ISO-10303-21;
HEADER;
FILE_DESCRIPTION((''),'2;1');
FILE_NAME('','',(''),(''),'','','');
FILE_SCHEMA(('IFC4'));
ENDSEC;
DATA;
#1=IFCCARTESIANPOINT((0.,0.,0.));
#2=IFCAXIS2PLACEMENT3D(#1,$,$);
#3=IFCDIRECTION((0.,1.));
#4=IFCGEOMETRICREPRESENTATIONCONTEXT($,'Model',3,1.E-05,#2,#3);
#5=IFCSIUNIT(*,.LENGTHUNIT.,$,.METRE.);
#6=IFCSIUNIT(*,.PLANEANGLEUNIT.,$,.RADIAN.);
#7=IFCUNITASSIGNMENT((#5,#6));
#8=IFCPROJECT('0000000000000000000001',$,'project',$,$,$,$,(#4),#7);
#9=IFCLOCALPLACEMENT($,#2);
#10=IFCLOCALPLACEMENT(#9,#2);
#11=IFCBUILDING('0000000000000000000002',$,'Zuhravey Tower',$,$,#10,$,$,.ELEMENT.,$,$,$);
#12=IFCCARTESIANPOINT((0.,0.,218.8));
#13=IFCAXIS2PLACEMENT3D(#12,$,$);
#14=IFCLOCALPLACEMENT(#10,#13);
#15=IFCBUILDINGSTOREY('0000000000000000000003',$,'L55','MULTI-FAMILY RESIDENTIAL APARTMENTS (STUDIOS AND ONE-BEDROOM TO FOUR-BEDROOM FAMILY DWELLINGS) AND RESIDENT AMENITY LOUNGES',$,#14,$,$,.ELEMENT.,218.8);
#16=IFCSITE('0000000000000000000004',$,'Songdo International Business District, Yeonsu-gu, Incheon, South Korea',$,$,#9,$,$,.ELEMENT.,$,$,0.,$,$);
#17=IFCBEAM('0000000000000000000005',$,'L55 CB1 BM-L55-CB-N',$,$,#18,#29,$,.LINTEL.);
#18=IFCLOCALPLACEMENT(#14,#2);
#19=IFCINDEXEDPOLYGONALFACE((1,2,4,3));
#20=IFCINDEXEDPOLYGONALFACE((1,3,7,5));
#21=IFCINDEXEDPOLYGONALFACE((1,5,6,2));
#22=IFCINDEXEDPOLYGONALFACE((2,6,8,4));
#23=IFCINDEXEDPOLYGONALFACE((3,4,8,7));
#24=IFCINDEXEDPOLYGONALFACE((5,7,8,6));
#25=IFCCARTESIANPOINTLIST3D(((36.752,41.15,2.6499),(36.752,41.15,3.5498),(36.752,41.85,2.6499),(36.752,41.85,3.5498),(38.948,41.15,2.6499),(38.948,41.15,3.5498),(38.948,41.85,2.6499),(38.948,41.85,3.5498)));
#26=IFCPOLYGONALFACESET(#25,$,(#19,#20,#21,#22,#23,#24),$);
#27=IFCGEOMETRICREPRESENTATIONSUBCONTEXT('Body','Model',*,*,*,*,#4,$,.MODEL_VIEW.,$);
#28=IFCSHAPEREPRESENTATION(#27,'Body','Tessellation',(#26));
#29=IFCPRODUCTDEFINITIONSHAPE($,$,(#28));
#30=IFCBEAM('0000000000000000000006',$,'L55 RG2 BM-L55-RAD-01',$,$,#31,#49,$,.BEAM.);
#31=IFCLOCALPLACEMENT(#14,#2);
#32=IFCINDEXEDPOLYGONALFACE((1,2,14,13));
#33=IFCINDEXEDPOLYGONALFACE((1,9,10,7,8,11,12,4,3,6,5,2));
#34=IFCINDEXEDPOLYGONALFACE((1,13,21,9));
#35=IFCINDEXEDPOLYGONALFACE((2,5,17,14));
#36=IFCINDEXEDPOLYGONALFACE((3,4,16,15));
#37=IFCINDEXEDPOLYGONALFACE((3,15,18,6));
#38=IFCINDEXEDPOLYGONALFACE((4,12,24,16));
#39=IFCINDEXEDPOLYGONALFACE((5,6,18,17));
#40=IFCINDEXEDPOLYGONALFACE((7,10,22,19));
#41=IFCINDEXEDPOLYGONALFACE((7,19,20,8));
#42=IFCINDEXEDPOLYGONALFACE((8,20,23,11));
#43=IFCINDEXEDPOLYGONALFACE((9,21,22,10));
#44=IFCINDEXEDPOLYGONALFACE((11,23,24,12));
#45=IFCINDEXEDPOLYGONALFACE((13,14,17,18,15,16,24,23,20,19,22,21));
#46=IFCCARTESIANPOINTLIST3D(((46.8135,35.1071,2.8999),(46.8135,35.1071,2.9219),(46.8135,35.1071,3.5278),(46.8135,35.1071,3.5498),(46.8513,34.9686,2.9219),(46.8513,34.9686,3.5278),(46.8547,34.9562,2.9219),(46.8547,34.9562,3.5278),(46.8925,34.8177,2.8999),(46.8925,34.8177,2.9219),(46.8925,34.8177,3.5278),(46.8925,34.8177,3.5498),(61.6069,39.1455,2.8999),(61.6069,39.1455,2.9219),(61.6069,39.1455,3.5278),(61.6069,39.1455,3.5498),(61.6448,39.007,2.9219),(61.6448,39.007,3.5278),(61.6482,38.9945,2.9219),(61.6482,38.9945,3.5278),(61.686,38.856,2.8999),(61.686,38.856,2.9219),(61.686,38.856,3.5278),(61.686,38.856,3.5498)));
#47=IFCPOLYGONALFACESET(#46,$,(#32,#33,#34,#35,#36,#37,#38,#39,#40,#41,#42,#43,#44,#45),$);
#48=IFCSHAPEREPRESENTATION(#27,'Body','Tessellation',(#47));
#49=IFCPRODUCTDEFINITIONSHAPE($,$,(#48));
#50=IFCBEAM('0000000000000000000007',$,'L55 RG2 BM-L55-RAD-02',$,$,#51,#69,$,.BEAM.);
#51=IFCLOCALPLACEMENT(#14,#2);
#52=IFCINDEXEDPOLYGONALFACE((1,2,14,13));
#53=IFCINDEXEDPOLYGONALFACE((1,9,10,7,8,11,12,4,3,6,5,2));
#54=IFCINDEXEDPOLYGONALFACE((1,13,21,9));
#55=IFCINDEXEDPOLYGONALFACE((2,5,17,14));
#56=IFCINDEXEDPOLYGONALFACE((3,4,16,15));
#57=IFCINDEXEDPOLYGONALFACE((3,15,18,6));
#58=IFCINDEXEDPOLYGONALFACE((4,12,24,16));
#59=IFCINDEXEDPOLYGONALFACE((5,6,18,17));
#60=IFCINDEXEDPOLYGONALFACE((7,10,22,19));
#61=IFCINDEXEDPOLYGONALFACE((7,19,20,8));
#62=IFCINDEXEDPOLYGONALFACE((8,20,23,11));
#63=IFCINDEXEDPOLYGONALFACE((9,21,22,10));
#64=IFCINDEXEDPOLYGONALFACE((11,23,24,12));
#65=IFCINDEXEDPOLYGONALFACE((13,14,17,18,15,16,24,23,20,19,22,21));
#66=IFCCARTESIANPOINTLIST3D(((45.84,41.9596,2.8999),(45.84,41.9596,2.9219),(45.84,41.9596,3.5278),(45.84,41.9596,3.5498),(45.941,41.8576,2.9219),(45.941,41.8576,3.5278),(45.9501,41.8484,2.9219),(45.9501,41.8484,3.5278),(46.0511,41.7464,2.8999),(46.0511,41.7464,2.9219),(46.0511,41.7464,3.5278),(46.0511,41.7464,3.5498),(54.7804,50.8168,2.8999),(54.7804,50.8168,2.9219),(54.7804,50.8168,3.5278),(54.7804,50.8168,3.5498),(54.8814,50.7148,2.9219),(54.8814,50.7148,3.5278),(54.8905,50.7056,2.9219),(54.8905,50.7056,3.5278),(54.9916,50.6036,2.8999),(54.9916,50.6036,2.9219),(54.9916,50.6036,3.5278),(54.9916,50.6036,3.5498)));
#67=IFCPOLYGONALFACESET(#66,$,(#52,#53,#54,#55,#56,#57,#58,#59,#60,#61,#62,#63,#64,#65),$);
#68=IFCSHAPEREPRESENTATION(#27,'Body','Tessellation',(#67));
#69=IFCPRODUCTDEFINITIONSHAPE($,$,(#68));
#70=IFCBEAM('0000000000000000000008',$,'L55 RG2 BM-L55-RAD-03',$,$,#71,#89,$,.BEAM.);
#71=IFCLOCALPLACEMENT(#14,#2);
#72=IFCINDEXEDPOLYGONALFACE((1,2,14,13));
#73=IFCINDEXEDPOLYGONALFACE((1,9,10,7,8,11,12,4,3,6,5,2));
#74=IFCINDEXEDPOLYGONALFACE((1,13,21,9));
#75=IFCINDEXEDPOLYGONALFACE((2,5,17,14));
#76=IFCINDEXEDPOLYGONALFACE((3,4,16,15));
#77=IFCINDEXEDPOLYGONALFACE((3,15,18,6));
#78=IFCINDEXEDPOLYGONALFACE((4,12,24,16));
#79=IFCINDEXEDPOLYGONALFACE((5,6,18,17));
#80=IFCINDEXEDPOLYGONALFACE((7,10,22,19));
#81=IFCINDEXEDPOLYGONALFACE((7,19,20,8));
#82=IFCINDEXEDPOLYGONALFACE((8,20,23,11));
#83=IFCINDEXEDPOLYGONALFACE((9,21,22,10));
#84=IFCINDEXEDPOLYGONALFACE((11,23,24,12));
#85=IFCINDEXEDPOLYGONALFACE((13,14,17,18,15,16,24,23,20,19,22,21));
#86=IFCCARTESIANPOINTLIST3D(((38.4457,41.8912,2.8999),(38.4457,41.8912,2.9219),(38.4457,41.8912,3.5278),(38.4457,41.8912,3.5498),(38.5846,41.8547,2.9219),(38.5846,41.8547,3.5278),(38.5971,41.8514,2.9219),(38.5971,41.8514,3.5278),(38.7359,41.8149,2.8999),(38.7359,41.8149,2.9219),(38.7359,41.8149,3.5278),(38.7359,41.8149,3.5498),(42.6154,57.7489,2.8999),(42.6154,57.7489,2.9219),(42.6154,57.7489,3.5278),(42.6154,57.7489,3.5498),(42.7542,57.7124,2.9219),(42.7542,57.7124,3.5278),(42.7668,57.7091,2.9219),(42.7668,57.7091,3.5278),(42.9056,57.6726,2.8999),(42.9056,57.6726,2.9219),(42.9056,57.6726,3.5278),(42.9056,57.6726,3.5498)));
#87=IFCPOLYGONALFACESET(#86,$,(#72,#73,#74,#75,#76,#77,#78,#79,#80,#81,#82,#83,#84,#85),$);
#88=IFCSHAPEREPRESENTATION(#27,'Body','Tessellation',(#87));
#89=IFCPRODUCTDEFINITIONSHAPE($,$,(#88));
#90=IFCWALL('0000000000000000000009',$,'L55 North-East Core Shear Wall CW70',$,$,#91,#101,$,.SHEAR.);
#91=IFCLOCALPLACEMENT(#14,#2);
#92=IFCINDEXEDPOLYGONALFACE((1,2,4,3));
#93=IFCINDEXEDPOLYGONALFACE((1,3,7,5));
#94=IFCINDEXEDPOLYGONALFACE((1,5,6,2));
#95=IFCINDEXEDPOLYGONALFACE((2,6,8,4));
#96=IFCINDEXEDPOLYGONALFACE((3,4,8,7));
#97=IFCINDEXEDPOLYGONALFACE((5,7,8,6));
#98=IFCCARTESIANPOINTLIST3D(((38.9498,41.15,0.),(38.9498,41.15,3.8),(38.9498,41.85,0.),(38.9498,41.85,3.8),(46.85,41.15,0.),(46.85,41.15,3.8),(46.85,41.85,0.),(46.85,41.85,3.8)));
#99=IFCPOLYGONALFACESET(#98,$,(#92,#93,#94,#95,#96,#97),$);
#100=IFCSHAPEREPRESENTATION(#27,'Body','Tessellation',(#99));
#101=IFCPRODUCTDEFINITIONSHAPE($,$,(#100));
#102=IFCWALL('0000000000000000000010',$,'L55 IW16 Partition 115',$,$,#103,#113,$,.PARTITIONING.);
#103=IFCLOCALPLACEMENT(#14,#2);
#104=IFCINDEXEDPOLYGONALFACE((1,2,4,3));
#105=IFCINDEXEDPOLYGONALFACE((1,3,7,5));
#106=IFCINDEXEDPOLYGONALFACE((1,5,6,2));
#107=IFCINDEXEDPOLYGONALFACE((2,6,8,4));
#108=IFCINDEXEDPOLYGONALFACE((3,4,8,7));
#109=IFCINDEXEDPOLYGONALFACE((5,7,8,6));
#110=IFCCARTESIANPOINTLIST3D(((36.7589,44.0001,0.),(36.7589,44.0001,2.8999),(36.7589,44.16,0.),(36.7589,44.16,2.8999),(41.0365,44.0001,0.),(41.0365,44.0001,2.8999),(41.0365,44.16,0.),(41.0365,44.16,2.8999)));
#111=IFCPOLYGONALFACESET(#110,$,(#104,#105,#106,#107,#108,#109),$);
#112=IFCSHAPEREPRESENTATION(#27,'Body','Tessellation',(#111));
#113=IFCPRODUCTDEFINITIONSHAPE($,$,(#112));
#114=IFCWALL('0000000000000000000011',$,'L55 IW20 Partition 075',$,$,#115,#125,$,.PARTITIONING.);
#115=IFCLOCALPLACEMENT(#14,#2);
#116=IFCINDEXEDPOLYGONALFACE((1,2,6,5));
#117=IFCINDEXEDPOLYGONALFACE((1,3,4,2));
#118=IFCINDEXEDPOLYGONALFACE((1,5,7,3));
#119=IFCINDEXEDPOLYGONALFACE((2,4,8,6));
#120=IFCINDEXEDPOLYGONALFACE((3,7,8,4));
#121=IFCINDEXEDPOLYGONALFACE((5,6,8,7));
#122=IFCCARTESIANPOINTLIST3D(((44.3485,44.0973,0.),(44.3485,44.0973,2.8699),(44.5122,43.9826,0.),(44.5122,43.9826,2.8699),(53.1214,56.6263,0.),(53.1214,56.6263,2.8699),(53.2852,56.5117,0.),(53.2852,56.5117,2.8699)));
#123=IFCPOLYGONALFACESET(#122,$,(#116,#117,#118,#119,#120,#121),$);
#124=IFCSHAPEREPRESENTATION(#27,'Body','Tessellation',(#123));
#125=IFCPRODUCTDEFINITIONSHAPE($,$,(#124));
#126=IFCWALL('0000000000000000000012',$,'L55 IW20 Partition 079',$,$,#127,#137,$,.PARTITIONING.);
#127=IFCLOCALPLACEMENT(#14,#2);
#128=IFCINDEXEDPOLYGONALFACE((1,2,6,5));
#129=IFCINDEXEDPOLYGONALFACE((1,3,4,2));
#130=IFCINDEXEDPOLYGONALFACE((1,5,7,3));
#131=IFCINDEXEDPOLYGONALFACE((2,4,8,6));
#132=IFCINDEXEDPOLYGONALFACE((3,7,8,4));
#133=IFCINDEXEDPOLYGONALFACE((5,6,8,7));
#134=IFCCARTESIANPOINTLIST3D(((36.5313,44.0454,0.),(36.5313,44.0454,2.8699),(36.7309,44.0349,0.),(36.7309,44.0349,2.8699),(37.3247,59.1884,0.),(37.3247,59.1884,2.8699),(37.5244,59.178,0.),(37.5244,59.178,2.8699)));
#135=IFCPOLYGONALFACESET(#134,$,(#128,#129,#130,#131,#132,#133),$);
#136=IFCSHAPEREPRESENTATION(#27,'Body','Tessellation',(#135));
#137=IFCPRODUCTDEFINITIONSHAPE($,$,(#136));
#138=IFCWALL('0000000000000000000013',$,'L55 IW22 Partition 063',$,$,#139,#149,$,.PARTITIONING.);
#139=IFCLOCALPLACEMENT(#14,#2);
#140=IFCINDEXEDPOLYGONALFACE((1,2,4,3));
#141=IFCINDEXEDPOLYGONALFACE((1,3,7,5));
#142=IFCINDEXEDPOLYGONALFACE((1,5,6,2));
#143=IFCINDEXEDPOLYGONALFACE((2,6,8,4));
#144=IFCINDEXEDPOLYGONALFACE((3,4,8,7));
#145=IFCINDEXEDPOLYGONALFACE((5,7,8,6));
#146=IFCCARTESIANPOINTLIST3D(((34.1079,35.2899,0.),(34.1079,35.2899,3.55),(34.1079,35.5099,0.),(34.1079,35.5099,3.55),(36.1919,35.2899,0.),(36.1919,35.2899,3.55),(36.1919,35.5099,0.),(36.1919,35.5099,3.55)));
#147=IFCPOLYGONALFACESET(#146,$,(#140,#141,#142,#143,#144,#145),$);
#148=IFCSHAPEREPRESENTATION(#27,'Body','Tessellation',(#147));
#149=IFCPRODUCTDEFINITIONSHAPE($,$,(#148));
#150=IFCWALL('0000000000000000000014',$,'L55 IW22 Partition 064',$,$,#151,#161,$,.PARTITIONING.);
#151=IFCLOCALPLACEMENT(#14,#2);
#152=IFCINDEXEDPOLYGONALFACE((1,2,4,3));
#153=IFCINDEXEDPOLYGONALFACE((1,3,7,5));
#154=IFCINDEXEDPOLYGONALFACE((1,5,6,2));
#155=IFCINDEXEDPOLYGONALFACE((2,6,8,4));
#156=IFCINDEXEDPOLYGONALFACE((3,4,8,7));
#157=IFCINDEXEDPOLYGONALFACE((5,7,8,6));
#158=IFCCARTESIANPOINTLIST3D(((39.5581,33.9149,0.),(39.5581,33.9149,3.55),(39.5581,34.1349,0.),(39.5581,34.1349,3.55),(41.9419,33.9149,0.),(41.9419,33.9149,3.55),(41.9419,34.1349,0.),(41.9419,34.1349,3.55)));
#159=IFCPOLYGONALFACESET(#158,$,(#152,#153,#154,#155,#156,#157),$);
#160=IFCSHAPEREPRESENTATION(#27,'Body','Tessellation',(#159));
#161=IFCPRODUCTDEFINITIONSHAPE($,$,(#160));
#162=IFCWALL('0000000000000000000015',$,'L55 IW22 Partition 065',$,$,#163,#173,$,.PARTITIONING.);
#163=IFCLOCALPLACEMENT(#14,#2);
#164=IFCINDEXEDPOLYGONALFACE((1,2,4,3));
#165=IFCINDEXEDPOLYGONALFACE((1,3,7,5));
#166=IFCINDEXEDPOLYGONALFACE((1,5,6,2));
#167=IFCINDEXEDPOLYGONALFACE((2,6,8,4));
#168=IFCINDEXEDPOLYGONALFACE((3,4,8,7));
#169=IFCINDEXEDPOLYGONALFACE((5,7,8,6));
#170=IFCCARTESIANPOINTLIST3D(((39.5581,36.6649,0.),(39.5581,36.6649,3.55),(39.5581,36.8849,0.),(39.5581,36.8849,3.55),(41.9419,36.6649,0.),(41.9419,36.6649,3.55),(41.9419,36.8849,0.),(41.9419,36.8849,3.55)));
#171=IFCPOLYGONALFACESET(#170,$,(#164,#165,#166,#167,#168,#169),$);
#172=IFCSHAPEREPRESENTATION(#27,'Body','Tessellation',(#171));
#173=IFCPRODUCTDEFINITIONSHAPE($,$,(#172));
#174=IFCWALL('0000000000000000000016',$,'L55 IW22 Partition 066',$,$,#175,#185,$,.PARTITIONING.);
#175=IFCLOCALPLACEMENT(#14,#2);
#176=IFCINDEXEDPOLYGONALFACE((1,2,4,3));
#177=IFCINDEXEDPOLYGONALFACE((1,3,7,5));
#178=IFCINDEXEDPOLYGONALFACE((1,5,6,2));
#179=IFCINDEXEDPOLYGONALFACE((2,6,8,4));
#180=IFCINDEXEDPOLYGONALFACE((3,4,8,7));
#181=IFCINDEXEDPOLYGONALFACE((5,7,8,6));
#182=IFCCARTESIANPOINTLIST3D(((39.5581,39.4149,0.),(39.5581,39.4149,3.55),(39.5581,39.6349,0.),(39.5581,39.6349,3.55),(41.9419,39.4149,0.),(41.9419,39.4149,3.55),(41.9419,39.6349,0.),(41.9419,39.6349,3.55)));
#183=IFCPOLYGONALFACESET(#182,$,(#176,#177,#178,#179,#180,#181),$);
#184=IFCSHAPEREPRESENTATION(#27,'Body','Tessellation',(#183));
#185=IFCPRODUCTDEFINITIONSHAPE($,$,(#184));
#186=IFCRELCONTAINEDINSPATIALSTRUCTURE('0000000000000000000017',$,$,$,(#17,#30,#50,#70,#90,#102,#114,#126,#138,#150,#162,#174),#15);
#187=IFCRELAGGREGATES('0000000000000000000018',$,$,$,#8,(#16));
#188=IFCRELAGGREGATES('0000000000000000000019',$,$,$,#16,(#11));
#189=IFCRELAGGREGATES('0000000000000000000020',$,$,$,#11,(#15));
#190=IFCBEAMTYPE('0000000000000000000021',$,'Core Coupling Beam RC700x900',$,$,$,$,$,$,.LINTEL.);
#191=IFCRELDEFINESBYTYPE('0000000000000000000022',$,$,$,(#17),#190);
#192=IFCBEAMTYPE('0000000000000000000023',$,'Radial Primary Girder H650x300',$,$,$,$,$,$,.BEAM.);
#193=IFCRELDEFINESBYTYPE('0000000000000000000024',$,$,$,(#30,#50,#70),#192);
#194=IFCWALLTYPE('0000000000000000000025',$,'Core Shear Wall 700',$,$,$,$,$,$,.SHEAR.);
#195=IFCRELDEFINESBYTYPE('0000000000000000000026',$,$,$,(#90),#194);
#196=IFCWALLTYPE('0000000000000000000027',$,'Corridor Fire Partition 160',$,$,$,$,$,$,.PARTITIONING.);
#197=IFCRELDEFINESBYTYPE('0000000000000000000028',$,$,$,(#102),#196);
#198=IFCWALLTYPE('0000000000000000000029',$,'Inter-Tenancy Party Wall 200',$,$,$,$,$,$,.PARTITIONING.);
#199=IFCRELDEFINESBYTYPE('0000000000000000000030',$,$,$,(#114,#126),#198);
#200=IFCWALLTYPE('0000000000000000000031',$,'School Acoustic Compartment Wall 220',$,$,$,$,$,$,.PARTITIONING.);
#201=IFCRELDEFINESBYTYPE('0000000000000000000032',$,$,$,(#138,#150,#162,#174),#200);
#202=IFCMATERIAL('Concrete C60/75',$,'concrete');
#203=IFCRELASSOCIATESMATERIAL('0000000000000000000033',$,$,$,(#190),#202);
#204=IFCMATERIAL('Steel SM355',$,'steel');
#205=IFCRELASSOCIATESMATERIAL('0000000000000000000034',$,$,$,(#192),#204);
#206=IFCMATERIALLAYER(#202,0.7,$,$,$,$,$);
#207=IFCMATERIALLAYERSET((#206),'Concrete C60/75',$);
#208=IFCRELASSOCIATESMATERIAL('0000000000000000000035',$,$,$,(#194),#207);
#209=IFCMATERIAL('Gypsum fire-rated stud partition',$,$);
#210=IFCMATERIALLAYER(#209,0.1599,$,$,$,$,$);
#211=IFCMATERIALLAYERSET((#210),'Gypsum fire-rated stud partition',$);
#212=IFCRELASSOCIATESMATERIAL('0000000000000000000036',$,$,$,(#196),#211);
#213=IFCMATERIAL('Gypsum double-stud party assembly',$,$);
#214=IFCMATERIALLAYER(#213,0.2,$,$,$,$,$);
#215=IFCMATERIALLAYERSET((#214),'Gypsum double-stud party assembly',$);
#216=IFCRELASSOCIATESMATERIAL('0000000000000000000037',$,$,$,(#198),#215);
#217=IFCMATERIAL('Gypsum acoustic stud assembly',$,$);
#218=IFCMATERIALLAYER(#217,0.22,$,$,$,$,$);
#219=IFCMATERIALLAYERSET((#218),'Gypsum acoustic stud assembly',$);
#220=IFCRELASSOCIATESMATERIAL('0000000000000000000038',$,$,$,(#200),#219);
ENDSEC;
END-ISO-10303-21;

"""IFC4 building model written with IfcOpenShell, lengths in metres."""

from ifc_helpers import new_model, si_unit, direction, frame, frame_2d, origin, origin_2d, place, context, subcontext, project, spatial, rectangle, i_section, extrude, material, layer, layer_set, material_profile, profile_set, type_object, element, save


model = new_model("IFC4")

# Units and contexts
model_context = context("Model", 3, precision=1e-05, world=origin(), true_north=direction((0.0, 1.0)))
body_context = subcontext(model_context, "Body", "Model", "MODEL_VIEW")
ifc_project = project(units=[si_unit("LENGTHUNIT", "METRE"), si_unit("PLANEANGLEUNIT", "RADIAN")], contexts=[model_context])

# Site, building, storey
site_placement = place(None, origin())
site = spatial("IfcSite", under=ifc_project, at=site_placement, Name="Songdo International Business District, Yeonsu-gu, Incheon, South Korea", CompositionType="ELEMENT", RefElevation=0.0)
building_placement = place(site_placement, origin())
building = spatial("IfcBuilding", under=site, at=building_placement, Name="Zuhravey Tower", CompositionType="ELEMENT")
storey_placement = place(building_placement, frame((0.0, 0.0, 218.8)))
storey = spatial("IfcBuildingStorey", under=building, at=storey_placement, Name="L55", Description="MULTI-FAMILY RESIDENTIAL APARTMENTS (STUDIOS AND ONE-BEDROOM TO FOUR-BEDROOM FAMILY DWELLINGS) AND RESIDENT AMENITY LOUNGES", CompositionType="ELEMENT", Elevation=218.8)

# Beams
ifc_material_1 = material(Name="Concrete C60/75", Category="concrete")
ifc_material_profile_1 = material_profile(ifc_material_1, rectangle(XDim=0.7, YDim=0.8999, at=origin_2d()), Name="RC-700x900")
ifc_profile_set_1 = profile_set([ifc_material_profile_1], Name="Concrete C60/75")
beam_type_1 = type_object("IfcBeamType", Name="Core Coupling Beam RC700x900", PredefinedType="LINTEL", material=ifc_profile_set_1)
beam_1_placement = place(storey_placement, frame((36.752, 41.5, 3.0999), z_axis=(1.0, 0.0, 0.0), x_axis=(0.0, 1.0, 0.0)))
element("IfcBeam", 1, at=beam_1_placement, inside=storey, type_object=beam_type_1, Name="L55 CB1 BM-L55-CB-N", PredefinedType="LINTEL", context=body_context, shape_type="SweptSolid", body=[
    extrude(rectangle(XDim=0.7, YDim=0.8999, at=origin_2d()), origin(), (0.0, 0.0, 1.0), 2.196),
])
ifc_material_2 = material(Name="Steel SM355", Category="steel")
ifc_material_profile_2 = material_profile(ifc_material_2, i_section(OverallWidth=0.3, OverallDepth=0.6499, WebThickness=0.0129, FlangeThickness=0.022, at=origin_2d()), Name="H-650x300x13x22")
ifc_profile_set_2 = profile_set([ifc_material_profile_2], Name="Steel SM355")
beam_type_2 = type_object("IfcBeamType", Name="Radial Primary Girder H650x300", PredefinedType="BEAM", material=ifc_profile_set_2)
beam_2_placement = place(storey_placement, frame((46.853, 34.9624, 3.2249), z_axis=(0.964702, 0.263345, 0.0), x_axis=(-0.263345, 0.964702, 0.0)))
element("IfcBeam", 2, at=beam_2_placement, inside=storey, type_object=beam_type_2, Name="L55 RG2 BM-L55-RAD-01", PredefinedType="BEAM", context=body_context, shape_type="SweptSolid", body=[
    extrude(i_section(OverallWidth=0.3, OverallDepth=0.6499, WebThickness=0.0129, FlangeThickness=0.022, at=origin_2d()), origin(), (0.0, 0.0, 1.0), 15.3347),
])
beam_3_placement = place(storey_placement, frame((45.9456, 41.853, 3.2249), z_axis=(0.710407, 0.703791, 0.0), x_axis=(-0.703791, 0.710407, 0.0)))
element("IfcBeam", 3, at=beam_3_placement, inside=storey, type_object=beam_type_2, Name="L55 RG2 BM-L55-RAD-02", PredefinedType="BEAM", context=body_context, shape_type="SweptSolid", body=[
    extrude(i_section(OverallWidth=0.3, OverallDepth=0.6499, WebThickness=0.0129, FlangeThickness=0.022, at=origin_2d()), origin(), (0.0, 0.0, 1.0), 12.585),
])
beam_4_placement = place(storey_placement, frame((38.5908, 41.853, 3.2249), z_axis=(0.2543, 0.967125, 0.0), x_axis=(-0.967125, 0.2543, 0.0)))
element("IfcBeam", 4, at=beam_4_placement, inside=storey, type_object=beam_type_2, Name="L55 RG2 BM-L55-RAD-03", PredefinedType="BEAM", context=body_context, shape_type="SweptSolid", body=[
    extrude(i_section(OverallWidth=0.3, OverallDepth=0.6499, WebThickness=0.0129, FlangeThickness=0.022, at=origin_2d()), origin(), (0.0, 0.0, 1.0), 16.3967),
])

# Wall
ifc_layer_1 = layer(ifc_material_1, 0.7)
ifc_layer_set_1 = layer_set([ifc_layer_1], Name="Concrete C60/75")
wall_type_1 = type_object("IfcWallType", Name="Core Shear Wall 700", PredefinedType="SHEAR", material=ifc_layer_set_1)
wall_1_placement = place(storey_placement, frame((46.8501, 41.5, 0.0), z_axis=(0.0, 0.0, 1.0), x_axis=(-1.0, 0.0, 0.0)))
element("IfcWall", 5, at=wall_1_placement, inside=storey, type_object=wall_type_1, Name="L55 North-East Core Shear Wall CW70", PredefinedType="SHEAR", context=body_context, shape_type="SweptSolid", body=[
    extrude(rectangle(XDim=7.9001, YDim=0.7, at=frame_2d((3.9502, 0.0))), origin(), (0.0, 0.0, 1.0), 3.8),
])

# Shared definitions
ifc_material_3 = material(Name="Gypsum fire-rated stud partition")
ifc_layer_2 = layer(ifc_material_3, 0.1599)
ifc_layer_set_2 = layer_set([ifc_layer_2], Name="Gypsum fire-rated stud partition")
wall_type_2 = type_object("IfcWallType", Name="Corridor Fire Partition 160", PredefinedType="PARTITIONING", material=ifc_layer_set_2)

# Wall
wall_2_placement = place(storey_placement, frame((41.0364, 44.0801, 0.0), z_axis=(0.0, 0.0, 1.0), x_axis=(-1.0, 0.0, 0.0)))
element("IfcWall", 6, at=wall_2_placement, inside=storey, type_object=wall_type_2, Name="L55 IW16 Partition 115", PredefinedType="PARTITIONING", context=body_context, shape_type="SweptSolid", body=[
    extrude(rectangle(XDim=4.2776, YDim=0.1599, at=frame_2d((2.1387, 0.0))), origin(), (0.0, 0.0, 1.0), 2.8999),
])

# Walls
ifc_material_4 = material(Name="Gypsum double-stud party assembly")
ifc_layer_3 = layer(ifc_material_4, 0.2)
ifc_layer_set_3 = layer_set([ifc_layer_3], Name="Gypsum double-stud party assembly")
wall_type_3 = type_object("IfcWallType", Name="Inter-Tenancy Party Wall 200", PredefinedType="PARTITIONING", material=ifc_layer_set_3)
wall_3_placement = place(storey_placement, frame((44.4304, 44.04, 0.0), z_axis=(0.0, 0.0, 1.0), x_axis=(0.573577, 0.819152, 0.0)))
element("IfcWall", 7, at=wall_3_placement, inside=storey, type_object=wall_type_3, Name="L55 IW20 Partition 075", PredefinedType="PARTITIONING", context=body_context, shape_type="SweptSolid", body=[
    extrude(rectangle(XDim=15.2952, YDim=0.2, at=frame_2d((7.6475, 0.0))), origin(), (0.0, 0.0, 1.0), 2.8699),
])
wall_4_placement = place(storey_placement, frame((36.6311, 44.04, 0.0), z_axis=(0.0, 0.0, 1.0), x_axis=(0.052326, 0.99863, 0.0)))
element("IfcWall", 8, at=wall_4_placement, inside=storey, type_object=wall_type_3, Name="L55 IW20 Partition 079", PredefinedType="PARTITIONING", context=body_context, shape_type="SweptSolid", body=[
    extrude(rectangle(XDim=15.1638, YDim=0.2, at=frame_2d((7.582, 0.0))), origin(), (0.0, 0.0, 1.0), 2.8699),
])
ifc_material_5 = material(Name="Gypsum acoustic stud assembly")
ifc_layer_4 = layer(ifc_material_5, 0.22)
ifc_layer_set_4 = layer_set([ifc_layer_4], Name="Gypsum acoustic stud assembly")
wall_type_4 = type_object("IfcWallType", Name="School Acoustic Compartment Wall 220", PredefinedType="PARTITIONING", material=ifc_layer_set_4)
wall_5_placement = place(storey_placement, frame((34.1079, 35.3999, 0.0), z_axis=(0.0, 0.0, 1.0), x_axis=(1.0, 0.0, 0.0)))
element("IfcWall", 9, at=wall_5_placement, inside=storey, type_object=wall_type_4, Name="L55 IW22 Partition 063", PredefinedType="PARTITIONING", context=body_context, shape_type="SweptSolid", body=[
    extrude(rectangle(XDim=2.084, YDim=0.22, at=frame_2d((1.042, 0.0))), origin(), (0.0, 0.0, 1.0), 3.55),
])
for number, where, z_axis, x_axis, name in (
    (10, (39.5581, 34.0249, 0.0), (0.0, 0.0, 1.0), (1.0, 0.0, 0.0), "L55 IW22 Partition 064"),
    (11, (39.5581, 36.7749, 0.0), (0.0, 0.0, 1.0), (1.0, 0.0, 0.0), "L55 IW22 Partition 065"),
    (12, (39.5581, 39.5249, 0.0), (0.0, 0.0, 1.0), (1.0, 0.0, 0.0), "L55 IW22 Partition 066"),
):
    element("IfcWall", number, at=place(storey_placement, frame(where, z_axis=z_axis, x_axis=x_axis)), inside=storey, type_object=wall_type_4, Name=name, PredefinedType="PARTITIONING", context=body_context, shape_type="SweptSolid", body=[
        extrude(rectangle(XDim=2.3838, YDim=0.22, at=frame_2d((1.1919, 0.0))), origin(), (0.0, 0.0, 1.0), 3.55),
    ])

save(model, "model.ifc")
